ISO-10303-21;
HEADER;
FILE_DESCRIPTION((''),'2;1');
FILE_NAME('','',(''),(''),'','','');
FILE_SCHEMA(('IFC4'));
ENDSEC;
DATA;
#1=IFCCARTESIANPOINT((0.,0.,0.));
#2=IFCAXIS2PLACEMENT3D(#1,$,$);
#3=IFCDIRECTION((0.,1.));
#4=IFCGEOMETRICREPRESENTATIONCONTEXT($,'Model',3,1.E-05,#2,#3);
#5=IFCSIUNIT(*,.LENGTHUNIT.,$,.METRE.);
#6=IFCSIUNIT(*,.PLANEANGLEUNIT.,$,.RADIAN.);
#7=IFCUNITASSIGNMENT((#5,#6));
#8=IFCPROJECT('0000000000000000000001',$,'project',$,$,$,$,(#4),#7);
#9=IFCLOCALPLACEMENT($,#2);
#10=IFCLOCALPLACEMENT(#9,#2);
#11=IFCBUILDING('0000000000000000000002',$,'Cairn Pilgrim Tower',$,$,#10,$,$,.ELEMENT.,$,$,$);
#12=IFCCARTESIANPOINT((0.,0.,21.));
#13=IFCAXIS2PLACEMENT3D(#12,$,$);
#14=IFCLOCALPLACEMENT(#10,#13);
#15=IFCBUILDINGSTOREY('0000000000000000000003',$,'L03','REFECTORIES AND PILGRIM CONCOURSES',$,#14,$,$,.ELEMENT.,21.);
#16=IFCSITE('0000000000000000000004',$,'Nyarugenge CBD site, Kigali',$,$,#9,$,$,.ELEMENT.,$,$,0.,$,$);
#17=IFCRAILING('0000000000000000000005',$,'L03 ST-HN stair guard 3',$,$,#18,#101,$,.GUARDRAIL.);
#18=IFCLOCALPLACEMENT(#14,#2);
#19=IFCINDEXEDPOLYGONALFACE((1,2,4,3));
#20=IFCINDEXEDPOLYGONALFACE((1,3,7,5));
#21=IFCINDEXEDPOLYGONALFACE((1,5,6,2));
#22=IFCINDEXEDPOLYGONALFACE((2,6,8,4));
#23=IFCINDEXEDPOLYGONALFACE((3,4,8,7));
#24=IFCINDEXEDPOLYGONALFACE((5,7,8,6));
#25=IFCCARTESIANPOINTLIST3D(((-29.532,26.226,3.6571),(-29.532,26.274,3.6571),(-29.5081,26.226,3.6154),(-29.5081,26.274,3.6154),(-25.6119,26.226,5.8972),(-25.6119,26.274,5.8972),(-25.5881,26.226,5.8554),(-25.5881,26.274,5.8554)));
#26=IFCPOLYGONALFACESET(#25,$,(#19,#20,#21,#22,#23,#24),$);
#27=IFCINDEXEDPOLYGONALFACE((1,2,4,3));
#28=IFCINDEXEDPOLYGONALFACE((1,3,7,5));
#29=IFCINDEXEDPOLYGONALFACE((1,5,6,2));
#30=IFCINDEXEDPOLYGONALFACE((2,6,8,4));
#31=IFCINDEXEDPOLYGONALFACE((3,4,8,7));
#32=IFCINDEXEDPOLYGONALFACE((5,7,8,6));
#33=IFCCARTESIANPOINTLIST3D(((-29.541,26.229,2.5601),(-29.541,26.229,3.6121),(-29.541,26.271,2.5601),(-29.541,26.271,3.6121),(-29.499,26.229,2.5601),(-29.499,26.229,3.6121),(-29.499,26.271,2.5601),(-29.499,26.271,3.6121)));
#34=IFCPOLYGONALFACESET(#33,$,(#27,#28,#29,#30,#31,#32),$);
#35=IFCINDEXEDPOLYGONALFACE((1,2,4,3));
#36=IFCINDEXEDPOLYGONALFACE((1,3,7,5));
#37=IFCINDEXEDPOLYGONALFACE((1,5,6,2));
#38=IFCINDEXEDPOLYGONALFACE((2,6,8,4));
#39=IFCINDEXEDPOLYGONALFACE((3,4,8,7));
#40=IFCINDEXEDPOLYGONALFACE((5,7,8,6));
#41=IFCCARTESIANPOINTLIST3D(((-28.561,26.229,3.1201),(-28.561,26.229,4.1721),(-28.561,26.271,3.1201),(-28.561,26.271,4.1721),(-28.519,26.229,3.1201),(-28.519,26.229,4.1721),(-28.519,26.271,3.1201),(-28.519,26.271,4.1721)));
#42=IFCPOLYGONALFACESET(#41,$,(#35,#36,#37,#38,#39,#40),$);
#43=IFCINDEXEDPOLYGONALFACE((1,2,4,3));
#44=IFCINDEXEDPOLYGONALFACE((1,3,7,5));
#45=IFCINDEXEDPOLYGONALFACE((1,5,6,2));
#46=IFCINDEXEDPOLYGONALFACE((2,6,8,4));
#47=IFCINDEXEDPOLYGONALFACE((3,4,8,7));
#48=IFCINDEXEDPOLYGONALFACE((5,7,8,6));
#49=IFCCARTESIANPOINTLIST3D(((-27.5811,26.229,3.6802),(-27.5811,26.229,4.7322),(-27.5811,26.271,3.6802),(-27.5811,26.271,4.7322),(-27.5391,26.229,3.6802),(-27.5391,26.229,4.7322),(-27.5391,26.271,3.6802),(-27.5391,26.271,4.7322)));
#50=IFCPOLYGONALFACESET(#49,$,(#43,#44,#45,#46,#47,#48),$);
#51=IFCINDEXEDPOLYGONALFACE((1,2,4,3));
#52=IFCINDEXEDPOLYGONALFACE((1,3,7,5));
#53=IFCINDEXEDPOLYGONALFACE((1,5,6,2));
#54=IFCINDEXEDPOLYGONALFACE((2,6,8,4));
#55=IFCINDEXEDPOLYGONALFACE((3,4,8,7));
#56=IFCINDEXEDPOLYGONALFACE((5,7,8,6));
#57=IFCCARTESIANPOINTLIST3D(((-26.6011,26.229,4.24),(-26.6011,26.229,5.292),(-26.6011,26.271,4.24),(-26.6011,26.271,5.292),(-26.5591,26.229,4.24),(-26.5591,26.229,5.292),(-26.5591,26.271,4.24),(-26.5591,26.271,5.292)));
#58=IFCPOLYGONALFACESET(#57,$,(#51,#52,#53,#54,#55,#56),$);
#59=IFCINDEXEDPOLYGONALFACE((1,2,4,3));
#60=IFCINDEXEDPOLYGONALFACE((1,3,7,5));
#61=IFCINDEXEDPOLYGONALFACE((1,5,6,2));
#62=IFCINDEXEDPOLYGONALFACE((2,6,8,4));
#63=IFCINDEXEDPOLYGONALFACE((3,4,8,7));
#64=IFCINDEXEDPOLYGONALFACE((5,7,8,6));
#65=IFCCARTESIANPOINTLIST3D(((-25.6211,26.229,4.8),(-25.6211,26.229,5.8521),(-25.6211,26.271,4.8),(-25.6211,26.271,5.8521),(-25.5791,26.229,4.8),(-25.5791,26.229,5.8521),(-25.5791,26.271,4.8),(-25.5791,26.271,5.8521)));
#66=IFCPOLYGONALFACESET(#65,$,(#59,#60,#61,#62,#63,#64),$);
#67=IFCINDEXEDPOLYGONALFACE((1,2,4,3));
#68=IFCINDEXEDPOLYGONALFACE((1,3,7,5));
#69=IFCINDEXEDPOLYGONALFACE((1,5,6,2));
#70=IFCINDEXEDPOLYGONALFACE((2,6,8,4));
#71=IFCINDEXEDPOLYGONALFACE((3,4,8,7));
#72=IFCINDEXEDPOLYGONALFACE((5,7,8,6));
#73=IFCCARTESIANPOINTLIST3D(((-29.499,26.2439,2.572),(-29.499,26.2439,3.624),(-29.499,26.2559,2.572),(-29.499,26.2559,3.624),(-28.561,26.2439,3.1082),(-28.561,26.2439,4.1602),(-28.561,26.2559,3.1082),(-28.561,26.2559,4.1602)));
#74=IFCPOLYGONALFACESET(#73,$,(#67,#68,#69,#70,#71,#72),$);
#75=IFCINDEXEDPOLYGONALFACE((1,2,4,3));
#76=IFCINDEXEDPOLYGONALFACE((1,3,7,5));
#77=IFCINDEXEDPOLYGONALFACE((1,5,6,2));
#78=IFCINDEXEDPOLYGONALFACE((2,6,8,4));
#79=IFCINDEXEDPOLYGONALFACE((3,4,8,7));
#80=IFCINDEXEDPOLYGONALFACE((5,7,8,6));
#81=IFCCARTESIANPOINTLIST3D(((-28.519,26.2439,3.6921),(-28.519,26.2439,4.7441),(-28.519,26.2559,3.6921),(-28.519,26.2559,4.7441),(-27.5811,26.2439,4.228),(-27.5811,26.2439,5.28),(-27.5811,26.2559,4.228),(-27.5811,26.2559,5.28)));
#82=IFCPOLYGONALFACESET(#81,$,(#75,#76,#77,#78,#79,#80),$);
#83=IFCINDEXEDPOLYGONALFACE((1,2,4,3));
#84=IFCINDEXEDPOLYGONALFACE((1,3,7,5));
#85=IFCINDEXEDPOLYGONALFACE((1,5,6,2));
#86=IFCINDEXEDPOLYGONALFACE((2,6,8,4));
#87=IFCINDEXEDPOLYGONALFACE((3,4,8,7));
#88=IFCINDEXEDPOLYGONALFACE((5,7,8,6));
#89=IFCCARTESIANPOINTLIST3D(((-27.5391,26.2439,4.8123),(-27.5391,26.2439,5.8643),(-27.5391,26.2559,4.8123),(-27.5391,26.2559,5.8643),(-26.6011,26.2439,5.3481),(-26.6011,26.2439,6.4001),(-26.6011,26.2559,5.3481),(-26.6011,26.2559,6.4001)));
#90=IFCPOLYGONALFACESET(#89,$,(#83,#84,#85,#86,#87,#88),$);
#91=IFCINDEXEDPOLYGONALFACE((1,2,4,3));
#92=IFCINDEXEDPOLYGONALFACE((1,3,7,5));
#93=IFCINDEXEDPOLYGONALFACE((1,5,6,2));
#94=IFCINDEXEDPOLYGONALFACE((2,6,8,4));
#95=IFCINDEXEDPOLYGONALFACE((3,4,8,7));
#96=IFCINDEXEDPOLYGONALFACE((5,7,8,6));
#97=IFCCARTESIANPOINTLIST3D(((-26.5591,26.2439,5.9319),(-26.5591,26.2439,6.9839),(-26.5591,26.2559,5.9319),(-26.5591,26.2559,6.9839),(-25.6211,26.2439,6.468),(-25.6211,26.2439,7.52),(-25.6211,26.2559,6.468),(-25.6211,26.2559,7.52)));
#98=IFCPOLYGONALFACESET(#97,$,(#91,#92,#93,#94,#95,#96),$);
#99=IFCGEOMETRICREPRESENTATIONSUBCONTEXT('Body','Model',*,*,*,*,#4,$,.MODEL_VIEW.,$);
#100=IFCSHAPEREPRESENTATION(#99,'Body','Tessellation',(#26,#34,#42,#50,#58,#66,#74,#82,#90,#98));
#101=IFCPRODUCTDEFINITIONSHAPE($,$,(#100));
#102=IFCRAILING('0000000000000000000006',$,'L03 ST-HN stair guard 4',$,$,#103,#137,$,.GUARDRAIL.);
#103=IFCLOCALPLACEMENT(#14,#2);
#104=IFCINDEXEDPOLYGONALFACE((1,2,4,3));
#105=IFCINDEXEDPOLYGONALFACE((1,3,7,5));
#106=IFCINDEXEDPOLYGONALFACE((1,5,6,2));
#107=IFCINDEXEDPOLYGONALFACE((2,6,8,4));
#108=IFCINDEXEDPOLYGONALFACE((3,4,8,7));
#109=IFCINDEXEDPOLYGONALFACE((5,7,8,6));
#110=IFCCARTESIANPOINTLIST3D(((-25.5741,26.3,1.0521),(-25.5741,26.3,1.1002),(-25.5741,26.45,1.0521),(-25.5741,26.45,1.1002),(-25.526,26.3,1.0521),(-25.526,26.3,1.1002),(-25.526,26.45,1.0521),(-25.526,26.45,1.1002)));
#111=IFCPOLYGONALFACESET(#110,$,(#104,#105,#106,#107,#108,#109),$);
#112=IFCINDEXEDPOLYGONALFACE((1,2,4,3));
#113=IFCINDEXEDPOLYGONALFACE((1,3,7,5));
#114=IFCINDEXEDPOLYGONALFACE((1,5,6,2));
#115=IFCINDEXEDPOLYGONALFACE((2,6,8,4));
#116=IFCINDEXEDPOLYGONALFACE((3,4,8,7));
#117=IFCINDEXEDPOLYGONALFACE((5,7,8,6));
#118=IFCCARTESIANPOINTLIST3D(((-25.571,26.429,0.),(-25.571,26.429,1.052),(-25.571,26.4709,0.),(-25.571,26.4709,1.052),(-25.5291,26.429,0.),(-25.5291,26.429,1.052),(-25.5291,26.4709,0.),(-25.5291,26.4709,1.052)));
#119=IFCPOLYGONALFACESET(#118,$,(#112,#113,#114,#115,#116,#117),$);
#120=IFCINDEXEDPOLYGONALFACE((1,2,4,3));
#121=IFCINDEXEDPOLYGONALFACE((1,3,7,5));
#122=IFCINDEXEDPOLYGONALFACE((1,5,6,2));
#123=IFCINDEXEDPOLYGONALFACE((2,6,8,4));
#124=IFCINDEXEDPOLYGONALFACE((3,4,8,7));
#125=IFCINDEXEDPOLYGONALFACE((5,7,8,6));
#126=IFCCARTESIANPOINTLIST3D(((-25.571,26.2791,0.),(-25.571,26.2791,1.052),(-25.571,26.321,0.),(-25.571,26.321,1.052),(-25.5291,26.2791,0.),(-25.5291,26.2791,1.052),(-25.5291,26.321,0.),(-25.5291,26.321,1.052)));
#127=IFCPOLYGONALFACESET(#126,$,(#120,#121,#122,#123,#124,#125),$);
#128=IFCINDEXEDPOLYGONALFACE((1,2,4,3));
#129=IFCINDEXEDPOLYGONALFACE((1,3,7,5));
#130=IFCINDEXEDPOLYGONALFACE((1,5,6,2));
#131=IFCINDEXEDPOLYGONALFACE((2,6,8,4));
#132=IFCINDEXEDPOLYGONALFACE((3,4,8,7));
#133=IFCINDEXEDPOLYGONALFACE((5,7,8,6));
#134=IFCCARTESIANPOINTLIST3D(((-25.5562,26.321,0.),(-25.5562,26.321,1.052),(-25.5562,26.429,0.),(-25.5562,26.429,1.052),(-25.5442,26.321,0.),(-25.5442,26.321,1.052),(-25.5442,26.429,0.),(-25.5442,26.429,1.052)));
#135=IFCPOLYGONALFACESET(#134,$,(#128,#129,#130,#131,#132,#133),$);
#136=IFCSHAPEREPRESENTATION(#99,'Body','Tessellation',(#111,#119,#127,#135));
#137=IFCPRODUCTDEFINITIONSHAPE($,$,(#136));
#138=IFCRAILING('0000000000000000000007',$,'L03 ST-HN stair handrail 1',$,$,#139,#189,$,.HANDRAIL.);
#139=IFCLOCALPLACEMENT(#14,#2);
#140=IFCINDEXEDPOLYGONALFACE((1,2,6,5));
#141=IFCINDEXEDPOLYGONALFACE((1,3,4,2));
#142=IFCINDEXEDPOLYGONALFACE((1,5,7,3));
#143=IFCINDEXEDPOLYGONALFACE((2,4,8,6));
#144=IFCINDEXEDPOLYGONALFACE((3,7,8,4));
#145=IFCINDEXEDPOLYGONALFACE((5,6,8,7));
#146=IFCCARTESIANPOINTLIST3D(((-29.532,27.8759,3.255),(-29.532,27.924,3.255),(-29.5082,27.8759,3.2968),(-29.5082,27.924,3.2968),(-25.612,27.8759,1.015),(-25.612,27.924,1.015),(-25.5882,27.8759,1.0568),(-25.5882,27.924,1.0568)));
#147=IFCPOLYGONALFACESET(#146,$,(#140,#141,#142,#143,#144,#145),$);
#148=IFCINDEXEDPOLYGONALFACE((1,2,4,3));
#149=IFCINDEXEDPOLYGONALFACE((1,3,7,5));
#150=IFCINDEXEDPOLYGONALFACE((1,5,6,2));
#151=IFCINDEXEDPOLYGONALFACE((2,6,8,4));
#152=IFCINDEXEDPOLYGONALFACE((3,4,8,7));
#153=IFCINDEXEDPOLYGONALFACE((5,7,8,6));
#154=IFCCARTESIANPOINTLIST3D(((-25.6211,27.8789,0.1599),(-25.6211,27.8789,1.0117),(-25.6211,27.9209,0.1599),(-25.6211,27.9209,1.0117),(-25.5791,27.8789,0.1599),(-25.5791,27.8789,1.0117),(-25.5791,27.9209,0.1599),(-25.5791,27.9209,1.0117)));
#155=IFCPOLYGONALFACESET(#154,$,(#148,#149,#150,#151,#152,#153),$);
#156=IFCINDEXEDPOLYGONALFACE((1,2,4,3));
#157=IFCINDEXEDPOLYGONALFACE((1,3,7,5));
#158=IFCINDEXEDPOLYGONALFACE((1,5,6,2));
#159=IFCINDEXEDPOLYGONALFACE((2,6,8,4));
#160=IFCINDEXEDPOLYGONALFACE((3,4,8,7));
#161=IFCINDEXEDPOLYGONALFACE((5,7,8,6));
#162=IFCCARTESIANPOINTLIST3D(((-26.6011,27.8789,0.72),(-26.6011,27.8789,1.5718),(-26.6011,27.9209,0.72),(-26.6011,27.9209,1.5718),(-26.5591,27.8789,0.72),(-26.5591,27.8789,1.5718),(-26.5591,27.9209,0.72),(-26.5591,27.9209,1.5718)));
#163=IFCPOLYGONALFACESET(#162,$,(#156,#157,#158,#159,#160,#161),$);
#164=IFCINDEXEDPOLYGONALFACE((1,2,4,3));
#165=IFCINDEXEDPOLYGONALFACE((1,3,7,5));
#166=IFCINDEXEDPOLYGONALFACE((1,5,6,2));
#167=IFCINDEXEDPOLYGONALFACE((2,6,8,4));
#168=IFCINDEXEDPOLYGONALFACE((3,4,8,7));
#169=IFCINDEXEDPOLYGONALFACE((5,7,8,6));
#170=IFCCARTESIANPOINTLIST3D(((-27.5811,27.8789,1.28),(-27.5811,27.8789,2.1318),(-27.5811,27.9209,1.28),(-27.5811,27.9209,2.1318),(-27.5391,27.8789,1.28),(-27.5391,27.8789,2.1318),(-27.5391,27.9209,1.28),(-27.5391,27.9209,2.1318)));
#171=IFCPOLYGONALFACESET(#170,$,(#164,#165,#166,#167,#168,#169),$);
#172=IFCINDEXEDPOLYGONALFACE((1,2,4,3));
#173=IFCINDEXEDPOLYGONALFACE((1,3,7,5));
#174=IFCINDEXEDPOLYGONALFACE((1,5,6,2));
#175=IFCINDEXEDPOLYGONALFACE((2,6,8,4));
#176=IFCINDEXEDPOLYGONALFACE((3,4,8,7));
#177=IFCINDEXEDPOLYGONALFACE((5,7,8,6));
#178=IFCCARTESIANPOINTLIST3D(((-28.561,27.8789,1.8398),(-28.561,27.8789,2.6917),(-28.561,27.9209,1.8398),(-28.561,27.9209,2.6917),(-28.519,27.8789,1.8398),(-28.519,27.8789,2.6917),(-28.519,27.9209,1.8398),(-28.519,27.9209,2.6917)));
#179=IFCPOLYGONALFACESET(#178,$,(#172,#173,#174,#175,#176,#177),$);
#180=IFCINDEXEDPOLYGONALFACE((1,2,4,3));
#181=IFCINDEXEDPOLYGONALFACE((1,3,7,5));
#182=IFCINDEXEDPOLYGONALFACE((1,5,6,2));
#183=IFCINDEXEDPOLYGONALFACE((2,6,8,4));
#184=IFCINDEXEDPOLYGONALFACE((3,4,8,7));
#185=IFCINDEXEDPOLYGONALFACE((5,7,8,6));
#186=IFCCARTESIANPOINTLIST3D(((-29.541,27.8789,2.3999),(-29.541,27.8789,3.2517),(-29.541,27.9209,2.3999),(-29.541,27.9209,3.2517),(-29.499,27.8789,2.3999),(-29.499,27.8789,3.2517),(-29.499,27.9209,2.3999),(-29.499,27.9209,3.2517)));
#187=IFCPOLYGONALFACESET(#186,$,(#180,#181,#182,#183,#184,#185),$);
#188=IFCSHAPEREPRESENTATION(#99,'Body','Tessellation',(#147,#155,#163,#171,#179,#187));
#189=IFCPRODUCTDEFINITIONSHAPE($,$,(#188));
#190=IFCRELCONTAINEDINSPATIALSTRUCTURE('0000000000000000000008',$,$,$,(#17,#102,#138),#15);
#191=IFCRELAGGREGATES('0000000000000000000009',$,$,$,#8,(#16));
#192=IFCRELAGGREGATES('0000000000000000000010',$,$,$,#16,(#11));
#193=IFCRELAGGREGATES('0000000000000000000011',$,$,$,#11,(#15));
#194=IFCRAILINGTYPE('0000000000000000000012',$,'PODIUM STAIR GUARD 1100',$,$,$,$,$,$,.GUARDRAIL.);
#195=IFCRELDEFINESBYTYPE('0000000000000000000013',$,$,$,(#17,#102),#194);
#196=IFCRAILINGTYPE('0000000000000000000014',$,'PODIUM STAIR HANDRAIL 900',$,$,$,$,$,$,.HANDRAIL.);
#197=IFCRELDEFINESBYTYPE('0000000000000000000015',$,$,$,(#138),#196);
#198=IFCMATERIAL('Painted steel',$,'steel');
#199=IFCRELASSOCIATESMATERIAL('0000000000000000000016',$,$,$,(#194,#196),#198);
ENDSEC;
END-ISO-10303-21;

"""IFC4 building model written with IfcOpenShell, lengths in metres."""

from ifc_helpers import new_model, si_unit, direction, frame, origin, origin_2d, place, context, subcontext, project, spatial, polyline, rectangle, outline, extrude, material, type_object, element, save


model = new_model("IFC4")

# Units and contexts
model_context = context("Model", 3, precision=1e-05, world=origin(), true_north=direction((0.0, 1.0)))
body_context = subcontext(model_context, "Body", "Model", "MODEL_VIEW")
ifc_project = project(units=[si_unit("LENGTHUNIT", "METRE"), si_unit("PLANEANGLEUNIT", "RADIAN")], contexts=[model_context])

# Site, building, storey
site_placement = place(None, origin())
site = spatial("IfcSite", under=ifc_project, at=site_placement, Name="Nyarugenge CBD site, Kigali", CompositionType="ELEMENT", RefElevation=0.0)
building_placement = place(site_placement, origin())
building = spatial("IfcBuilding", under=site, at=building_placement, Name="Cairn Pilgrim Tower", CompositionType="ELEMENT")
storey_placement = place(building_placement, frame((0.0, 0.0, 21.0)))
storey = spatial("IfcBuildingStorey", under=building, at=storey_placement, Name="L03", Description="REFECTORIES AND PILGRIM CONCOURSES", CompositionType="ELEMENT", Elevation=21.0)

# Railings
ifc_material_1 = material(Name="Painted steel", Category="steel")
railing_type_1 = type_object("IfcRailingType", Name="PODIUM STAIR GUARD 1100", PredefinedType="GUARDRAIL", material=ifc_material_1)
railing_1_placement = place(storey_placement, frame((-29.52, 26.25, 2.5601)))
element("IfcRailing", 1, at=railing_1_placement, inside=storey, type_object=railing_type_1, Name="L03 ST-HN stair guard 3", PredefinedType="GUARDRAIL", context=body_context, shape_type="SweptSolid", body=[
    extrude(rectangle(XDim=0.0481, YDim=0.0481, at=origin_2d()), frame((0.0, 0.0, 1.0762), z_axis=(0.86824, 0.0, 0.496145), x_axis=(0.0, 1.0, 0.0)), (0.0, 0.0, 1.0), 4.5149),
    extrude(rectangle(XDim=0.042, YDim=0.042, at=origin_2d()), origin(), (0.0, 0.0, 1.0), 1.052),
    extrude(rectangle(XDim=0.042, YDim=0.042, at=origin_2d()), frame((0.98, 0.0, 0.5601)), (0.0, 0.0, 1.0), 1.052),
    extrude(rectangle(XDim=0.042, YDim=0.042, at=origin_2d()), frame((1.96, 0.0, 1.1201)), (0.0, 0.0, 1.0), 1.052),
    extrude(rectangle(XDim=0.042, YDim=0.042, at=origin_2d()), frame((2.9399, 0.0, 1.6799)), (0.0, 0.0, 1.0), 1.052),
    extrude(rectangle(XDim=0.042, YDim=0.042, at=origin_2d()), frame((3.9199, 0.0, 2.24)), (0.0, 0.0, 1.0), 1.052),
    extrude(outline(polyline([(0.021, 0.012), (0.959, 0.5481), (0.959, 1.6001), (0.021, 1.064), (0.021, 0.012)])), frame((0.0, 0.0059, 0.0), z_axis=(0.0, -1.0, 0.0), x_axis=(1.0, 0.0, 0.0)), (0.0, 0.0, 1.0), 0.012),
    extrude(outline(polyline([(0.021, 0.572), (0.959, 1.1079), (0.959, 2.1599), (0.021, 1.624), (0.021, 0.572)])), frame((0.98, 0.0059, 0.5601), z_axis=(0.0, -1.0, 0.0), x_axis=(1.0, 0.0, 0.0)), (0.0, 0.0, 1.0), 0.012),
    extrude(outline(polyline([(0.021, 1.1321), (0.959, 1.668), (0.959, 2.72), (0.021, 2.1841), (0.021, 1.1321)])), frame((1.96, 0.0059, 1.1201), z_axis=(0.0, -1.0, 0.0), x_axis=(1.0, 0.0, 0.0)), (0.0, 0.0, 1.0), 0.012),
    extrude(outline(polyline([(0.021, 1.6919), (0.959, 2.228), (0.959, 3.28), (0.021, 2.7439), (0.021, 1.6919)])), frame((2.9399, 0.0059, 1.6799), z_axis=(0.0, -1.0, 0.0), x_axis=(1.0, 0.0, 0.0)), (0.0, 0.0, 1.0), 0.012),
])
railing_2_placement = place(storey_placement, frame((-25.55, 26.45, 0.0)))
element("IfcRailing", 2, at=railing_2_placement, inside=storey, type_object=railing_type_1, Name="L03 ST-HN stair guard 4", PredefinedType="GUARDRAIL", context=body_context, shape_type="SweptSolid", body=[
    extrude(rectangle(XDim=0.0481, YDim=0.0481, at=origin_2d()), frame((0.0, 0.0, 1.0762), z_axis=(0.0, -1.0, 0.0), x_axis=(1.0, 0.0, 0.0)), (0.0, 0.0, 1.0), 0.1499),
    extrude(rectangle(XDim=0.042, YDim=0.042, at=origin_2d()), origin(), (0.0, 0.0, 1.0), 1.052),
    extrude(rectangle(XDim=0.042, YDim=0.042, at=origin_2d()), frame((0.0, -0.1499, 0.0)), (0.0, 0.0, 1.0), 1.052),
    extrude(outline(polyline([(0.021, 0.0), (0.1289, 0.0), (0.1289, 1.052), (0.021, 1.052), (0.021, 0.0)])), frame((0.0059, 0.0, 0.0), z_axis=(-1.0, 0.0, 0.0), x_axis=(0.0, -1.0, 0.0)), (0.0, 0.0, 1.0), 0.012),
])
railing_type_2 = type_object("IfcRailingType", Name="PODIUM STAIR HANDRAIL 900", PredefinedType="HANDRAIL", material=ifc_material_1)
railing_3_placement = place(storey_placement, frame((-25.6001, 27.8999, 0.1599)))
element("IfcRailing", 3, at=railing_3_placement, inside=storey, type_object=railing_type_2, Name="L03 ST-HN stair handrail 1", PredefinedType="HANDRAIL", context=body_context, shape_type="SweptSolid", body=[
    extrude(rectangle(XDim=0.0481, YDim=0.0481, at=origin_2d()), frame((0.0, 0.0, 0.876), z_axis=(-0.86824, 0.0, 0.496145), x_axis=(0.0, -1.0, 0.0)), (0.0, 0.0, 1.0), 4.5149),
    extrude(rectangle(XDim=0.042, YDim=0.042, at=origin_2d()), origin(), (0.0, 0.0, 1.0), 0.8518),
    extrude(rectangle(XDim=0.042, YDim=0.042, at=origin_2d()), frame((-0.98, 0.0, 0.5601)), (0.0, 0.0, 1.0), 0.8518),
    extrude(rectangle(XDim=0.042, YDim=0.042, at=origin_2d()), frame((-1.96, 0.0, 1.1201)), (0.0, 0.0, 1.0), 0.8518),
    extrude(rectangle(XDim=0.042, YDim=0.042, at=origin_2d()), frame((-2.9399, 0.0, 1.6799)), (0.0, 0.0, 1.0), 0.8518),
    extrude(rectangle(XDim=0.042, YDim=0.042, at=origin_2d()), frame((-3.9199, 0.0, 2.24)), (0.0, 0.0, 1.0), 0.8518),
])

save(model, "model.ifc")
